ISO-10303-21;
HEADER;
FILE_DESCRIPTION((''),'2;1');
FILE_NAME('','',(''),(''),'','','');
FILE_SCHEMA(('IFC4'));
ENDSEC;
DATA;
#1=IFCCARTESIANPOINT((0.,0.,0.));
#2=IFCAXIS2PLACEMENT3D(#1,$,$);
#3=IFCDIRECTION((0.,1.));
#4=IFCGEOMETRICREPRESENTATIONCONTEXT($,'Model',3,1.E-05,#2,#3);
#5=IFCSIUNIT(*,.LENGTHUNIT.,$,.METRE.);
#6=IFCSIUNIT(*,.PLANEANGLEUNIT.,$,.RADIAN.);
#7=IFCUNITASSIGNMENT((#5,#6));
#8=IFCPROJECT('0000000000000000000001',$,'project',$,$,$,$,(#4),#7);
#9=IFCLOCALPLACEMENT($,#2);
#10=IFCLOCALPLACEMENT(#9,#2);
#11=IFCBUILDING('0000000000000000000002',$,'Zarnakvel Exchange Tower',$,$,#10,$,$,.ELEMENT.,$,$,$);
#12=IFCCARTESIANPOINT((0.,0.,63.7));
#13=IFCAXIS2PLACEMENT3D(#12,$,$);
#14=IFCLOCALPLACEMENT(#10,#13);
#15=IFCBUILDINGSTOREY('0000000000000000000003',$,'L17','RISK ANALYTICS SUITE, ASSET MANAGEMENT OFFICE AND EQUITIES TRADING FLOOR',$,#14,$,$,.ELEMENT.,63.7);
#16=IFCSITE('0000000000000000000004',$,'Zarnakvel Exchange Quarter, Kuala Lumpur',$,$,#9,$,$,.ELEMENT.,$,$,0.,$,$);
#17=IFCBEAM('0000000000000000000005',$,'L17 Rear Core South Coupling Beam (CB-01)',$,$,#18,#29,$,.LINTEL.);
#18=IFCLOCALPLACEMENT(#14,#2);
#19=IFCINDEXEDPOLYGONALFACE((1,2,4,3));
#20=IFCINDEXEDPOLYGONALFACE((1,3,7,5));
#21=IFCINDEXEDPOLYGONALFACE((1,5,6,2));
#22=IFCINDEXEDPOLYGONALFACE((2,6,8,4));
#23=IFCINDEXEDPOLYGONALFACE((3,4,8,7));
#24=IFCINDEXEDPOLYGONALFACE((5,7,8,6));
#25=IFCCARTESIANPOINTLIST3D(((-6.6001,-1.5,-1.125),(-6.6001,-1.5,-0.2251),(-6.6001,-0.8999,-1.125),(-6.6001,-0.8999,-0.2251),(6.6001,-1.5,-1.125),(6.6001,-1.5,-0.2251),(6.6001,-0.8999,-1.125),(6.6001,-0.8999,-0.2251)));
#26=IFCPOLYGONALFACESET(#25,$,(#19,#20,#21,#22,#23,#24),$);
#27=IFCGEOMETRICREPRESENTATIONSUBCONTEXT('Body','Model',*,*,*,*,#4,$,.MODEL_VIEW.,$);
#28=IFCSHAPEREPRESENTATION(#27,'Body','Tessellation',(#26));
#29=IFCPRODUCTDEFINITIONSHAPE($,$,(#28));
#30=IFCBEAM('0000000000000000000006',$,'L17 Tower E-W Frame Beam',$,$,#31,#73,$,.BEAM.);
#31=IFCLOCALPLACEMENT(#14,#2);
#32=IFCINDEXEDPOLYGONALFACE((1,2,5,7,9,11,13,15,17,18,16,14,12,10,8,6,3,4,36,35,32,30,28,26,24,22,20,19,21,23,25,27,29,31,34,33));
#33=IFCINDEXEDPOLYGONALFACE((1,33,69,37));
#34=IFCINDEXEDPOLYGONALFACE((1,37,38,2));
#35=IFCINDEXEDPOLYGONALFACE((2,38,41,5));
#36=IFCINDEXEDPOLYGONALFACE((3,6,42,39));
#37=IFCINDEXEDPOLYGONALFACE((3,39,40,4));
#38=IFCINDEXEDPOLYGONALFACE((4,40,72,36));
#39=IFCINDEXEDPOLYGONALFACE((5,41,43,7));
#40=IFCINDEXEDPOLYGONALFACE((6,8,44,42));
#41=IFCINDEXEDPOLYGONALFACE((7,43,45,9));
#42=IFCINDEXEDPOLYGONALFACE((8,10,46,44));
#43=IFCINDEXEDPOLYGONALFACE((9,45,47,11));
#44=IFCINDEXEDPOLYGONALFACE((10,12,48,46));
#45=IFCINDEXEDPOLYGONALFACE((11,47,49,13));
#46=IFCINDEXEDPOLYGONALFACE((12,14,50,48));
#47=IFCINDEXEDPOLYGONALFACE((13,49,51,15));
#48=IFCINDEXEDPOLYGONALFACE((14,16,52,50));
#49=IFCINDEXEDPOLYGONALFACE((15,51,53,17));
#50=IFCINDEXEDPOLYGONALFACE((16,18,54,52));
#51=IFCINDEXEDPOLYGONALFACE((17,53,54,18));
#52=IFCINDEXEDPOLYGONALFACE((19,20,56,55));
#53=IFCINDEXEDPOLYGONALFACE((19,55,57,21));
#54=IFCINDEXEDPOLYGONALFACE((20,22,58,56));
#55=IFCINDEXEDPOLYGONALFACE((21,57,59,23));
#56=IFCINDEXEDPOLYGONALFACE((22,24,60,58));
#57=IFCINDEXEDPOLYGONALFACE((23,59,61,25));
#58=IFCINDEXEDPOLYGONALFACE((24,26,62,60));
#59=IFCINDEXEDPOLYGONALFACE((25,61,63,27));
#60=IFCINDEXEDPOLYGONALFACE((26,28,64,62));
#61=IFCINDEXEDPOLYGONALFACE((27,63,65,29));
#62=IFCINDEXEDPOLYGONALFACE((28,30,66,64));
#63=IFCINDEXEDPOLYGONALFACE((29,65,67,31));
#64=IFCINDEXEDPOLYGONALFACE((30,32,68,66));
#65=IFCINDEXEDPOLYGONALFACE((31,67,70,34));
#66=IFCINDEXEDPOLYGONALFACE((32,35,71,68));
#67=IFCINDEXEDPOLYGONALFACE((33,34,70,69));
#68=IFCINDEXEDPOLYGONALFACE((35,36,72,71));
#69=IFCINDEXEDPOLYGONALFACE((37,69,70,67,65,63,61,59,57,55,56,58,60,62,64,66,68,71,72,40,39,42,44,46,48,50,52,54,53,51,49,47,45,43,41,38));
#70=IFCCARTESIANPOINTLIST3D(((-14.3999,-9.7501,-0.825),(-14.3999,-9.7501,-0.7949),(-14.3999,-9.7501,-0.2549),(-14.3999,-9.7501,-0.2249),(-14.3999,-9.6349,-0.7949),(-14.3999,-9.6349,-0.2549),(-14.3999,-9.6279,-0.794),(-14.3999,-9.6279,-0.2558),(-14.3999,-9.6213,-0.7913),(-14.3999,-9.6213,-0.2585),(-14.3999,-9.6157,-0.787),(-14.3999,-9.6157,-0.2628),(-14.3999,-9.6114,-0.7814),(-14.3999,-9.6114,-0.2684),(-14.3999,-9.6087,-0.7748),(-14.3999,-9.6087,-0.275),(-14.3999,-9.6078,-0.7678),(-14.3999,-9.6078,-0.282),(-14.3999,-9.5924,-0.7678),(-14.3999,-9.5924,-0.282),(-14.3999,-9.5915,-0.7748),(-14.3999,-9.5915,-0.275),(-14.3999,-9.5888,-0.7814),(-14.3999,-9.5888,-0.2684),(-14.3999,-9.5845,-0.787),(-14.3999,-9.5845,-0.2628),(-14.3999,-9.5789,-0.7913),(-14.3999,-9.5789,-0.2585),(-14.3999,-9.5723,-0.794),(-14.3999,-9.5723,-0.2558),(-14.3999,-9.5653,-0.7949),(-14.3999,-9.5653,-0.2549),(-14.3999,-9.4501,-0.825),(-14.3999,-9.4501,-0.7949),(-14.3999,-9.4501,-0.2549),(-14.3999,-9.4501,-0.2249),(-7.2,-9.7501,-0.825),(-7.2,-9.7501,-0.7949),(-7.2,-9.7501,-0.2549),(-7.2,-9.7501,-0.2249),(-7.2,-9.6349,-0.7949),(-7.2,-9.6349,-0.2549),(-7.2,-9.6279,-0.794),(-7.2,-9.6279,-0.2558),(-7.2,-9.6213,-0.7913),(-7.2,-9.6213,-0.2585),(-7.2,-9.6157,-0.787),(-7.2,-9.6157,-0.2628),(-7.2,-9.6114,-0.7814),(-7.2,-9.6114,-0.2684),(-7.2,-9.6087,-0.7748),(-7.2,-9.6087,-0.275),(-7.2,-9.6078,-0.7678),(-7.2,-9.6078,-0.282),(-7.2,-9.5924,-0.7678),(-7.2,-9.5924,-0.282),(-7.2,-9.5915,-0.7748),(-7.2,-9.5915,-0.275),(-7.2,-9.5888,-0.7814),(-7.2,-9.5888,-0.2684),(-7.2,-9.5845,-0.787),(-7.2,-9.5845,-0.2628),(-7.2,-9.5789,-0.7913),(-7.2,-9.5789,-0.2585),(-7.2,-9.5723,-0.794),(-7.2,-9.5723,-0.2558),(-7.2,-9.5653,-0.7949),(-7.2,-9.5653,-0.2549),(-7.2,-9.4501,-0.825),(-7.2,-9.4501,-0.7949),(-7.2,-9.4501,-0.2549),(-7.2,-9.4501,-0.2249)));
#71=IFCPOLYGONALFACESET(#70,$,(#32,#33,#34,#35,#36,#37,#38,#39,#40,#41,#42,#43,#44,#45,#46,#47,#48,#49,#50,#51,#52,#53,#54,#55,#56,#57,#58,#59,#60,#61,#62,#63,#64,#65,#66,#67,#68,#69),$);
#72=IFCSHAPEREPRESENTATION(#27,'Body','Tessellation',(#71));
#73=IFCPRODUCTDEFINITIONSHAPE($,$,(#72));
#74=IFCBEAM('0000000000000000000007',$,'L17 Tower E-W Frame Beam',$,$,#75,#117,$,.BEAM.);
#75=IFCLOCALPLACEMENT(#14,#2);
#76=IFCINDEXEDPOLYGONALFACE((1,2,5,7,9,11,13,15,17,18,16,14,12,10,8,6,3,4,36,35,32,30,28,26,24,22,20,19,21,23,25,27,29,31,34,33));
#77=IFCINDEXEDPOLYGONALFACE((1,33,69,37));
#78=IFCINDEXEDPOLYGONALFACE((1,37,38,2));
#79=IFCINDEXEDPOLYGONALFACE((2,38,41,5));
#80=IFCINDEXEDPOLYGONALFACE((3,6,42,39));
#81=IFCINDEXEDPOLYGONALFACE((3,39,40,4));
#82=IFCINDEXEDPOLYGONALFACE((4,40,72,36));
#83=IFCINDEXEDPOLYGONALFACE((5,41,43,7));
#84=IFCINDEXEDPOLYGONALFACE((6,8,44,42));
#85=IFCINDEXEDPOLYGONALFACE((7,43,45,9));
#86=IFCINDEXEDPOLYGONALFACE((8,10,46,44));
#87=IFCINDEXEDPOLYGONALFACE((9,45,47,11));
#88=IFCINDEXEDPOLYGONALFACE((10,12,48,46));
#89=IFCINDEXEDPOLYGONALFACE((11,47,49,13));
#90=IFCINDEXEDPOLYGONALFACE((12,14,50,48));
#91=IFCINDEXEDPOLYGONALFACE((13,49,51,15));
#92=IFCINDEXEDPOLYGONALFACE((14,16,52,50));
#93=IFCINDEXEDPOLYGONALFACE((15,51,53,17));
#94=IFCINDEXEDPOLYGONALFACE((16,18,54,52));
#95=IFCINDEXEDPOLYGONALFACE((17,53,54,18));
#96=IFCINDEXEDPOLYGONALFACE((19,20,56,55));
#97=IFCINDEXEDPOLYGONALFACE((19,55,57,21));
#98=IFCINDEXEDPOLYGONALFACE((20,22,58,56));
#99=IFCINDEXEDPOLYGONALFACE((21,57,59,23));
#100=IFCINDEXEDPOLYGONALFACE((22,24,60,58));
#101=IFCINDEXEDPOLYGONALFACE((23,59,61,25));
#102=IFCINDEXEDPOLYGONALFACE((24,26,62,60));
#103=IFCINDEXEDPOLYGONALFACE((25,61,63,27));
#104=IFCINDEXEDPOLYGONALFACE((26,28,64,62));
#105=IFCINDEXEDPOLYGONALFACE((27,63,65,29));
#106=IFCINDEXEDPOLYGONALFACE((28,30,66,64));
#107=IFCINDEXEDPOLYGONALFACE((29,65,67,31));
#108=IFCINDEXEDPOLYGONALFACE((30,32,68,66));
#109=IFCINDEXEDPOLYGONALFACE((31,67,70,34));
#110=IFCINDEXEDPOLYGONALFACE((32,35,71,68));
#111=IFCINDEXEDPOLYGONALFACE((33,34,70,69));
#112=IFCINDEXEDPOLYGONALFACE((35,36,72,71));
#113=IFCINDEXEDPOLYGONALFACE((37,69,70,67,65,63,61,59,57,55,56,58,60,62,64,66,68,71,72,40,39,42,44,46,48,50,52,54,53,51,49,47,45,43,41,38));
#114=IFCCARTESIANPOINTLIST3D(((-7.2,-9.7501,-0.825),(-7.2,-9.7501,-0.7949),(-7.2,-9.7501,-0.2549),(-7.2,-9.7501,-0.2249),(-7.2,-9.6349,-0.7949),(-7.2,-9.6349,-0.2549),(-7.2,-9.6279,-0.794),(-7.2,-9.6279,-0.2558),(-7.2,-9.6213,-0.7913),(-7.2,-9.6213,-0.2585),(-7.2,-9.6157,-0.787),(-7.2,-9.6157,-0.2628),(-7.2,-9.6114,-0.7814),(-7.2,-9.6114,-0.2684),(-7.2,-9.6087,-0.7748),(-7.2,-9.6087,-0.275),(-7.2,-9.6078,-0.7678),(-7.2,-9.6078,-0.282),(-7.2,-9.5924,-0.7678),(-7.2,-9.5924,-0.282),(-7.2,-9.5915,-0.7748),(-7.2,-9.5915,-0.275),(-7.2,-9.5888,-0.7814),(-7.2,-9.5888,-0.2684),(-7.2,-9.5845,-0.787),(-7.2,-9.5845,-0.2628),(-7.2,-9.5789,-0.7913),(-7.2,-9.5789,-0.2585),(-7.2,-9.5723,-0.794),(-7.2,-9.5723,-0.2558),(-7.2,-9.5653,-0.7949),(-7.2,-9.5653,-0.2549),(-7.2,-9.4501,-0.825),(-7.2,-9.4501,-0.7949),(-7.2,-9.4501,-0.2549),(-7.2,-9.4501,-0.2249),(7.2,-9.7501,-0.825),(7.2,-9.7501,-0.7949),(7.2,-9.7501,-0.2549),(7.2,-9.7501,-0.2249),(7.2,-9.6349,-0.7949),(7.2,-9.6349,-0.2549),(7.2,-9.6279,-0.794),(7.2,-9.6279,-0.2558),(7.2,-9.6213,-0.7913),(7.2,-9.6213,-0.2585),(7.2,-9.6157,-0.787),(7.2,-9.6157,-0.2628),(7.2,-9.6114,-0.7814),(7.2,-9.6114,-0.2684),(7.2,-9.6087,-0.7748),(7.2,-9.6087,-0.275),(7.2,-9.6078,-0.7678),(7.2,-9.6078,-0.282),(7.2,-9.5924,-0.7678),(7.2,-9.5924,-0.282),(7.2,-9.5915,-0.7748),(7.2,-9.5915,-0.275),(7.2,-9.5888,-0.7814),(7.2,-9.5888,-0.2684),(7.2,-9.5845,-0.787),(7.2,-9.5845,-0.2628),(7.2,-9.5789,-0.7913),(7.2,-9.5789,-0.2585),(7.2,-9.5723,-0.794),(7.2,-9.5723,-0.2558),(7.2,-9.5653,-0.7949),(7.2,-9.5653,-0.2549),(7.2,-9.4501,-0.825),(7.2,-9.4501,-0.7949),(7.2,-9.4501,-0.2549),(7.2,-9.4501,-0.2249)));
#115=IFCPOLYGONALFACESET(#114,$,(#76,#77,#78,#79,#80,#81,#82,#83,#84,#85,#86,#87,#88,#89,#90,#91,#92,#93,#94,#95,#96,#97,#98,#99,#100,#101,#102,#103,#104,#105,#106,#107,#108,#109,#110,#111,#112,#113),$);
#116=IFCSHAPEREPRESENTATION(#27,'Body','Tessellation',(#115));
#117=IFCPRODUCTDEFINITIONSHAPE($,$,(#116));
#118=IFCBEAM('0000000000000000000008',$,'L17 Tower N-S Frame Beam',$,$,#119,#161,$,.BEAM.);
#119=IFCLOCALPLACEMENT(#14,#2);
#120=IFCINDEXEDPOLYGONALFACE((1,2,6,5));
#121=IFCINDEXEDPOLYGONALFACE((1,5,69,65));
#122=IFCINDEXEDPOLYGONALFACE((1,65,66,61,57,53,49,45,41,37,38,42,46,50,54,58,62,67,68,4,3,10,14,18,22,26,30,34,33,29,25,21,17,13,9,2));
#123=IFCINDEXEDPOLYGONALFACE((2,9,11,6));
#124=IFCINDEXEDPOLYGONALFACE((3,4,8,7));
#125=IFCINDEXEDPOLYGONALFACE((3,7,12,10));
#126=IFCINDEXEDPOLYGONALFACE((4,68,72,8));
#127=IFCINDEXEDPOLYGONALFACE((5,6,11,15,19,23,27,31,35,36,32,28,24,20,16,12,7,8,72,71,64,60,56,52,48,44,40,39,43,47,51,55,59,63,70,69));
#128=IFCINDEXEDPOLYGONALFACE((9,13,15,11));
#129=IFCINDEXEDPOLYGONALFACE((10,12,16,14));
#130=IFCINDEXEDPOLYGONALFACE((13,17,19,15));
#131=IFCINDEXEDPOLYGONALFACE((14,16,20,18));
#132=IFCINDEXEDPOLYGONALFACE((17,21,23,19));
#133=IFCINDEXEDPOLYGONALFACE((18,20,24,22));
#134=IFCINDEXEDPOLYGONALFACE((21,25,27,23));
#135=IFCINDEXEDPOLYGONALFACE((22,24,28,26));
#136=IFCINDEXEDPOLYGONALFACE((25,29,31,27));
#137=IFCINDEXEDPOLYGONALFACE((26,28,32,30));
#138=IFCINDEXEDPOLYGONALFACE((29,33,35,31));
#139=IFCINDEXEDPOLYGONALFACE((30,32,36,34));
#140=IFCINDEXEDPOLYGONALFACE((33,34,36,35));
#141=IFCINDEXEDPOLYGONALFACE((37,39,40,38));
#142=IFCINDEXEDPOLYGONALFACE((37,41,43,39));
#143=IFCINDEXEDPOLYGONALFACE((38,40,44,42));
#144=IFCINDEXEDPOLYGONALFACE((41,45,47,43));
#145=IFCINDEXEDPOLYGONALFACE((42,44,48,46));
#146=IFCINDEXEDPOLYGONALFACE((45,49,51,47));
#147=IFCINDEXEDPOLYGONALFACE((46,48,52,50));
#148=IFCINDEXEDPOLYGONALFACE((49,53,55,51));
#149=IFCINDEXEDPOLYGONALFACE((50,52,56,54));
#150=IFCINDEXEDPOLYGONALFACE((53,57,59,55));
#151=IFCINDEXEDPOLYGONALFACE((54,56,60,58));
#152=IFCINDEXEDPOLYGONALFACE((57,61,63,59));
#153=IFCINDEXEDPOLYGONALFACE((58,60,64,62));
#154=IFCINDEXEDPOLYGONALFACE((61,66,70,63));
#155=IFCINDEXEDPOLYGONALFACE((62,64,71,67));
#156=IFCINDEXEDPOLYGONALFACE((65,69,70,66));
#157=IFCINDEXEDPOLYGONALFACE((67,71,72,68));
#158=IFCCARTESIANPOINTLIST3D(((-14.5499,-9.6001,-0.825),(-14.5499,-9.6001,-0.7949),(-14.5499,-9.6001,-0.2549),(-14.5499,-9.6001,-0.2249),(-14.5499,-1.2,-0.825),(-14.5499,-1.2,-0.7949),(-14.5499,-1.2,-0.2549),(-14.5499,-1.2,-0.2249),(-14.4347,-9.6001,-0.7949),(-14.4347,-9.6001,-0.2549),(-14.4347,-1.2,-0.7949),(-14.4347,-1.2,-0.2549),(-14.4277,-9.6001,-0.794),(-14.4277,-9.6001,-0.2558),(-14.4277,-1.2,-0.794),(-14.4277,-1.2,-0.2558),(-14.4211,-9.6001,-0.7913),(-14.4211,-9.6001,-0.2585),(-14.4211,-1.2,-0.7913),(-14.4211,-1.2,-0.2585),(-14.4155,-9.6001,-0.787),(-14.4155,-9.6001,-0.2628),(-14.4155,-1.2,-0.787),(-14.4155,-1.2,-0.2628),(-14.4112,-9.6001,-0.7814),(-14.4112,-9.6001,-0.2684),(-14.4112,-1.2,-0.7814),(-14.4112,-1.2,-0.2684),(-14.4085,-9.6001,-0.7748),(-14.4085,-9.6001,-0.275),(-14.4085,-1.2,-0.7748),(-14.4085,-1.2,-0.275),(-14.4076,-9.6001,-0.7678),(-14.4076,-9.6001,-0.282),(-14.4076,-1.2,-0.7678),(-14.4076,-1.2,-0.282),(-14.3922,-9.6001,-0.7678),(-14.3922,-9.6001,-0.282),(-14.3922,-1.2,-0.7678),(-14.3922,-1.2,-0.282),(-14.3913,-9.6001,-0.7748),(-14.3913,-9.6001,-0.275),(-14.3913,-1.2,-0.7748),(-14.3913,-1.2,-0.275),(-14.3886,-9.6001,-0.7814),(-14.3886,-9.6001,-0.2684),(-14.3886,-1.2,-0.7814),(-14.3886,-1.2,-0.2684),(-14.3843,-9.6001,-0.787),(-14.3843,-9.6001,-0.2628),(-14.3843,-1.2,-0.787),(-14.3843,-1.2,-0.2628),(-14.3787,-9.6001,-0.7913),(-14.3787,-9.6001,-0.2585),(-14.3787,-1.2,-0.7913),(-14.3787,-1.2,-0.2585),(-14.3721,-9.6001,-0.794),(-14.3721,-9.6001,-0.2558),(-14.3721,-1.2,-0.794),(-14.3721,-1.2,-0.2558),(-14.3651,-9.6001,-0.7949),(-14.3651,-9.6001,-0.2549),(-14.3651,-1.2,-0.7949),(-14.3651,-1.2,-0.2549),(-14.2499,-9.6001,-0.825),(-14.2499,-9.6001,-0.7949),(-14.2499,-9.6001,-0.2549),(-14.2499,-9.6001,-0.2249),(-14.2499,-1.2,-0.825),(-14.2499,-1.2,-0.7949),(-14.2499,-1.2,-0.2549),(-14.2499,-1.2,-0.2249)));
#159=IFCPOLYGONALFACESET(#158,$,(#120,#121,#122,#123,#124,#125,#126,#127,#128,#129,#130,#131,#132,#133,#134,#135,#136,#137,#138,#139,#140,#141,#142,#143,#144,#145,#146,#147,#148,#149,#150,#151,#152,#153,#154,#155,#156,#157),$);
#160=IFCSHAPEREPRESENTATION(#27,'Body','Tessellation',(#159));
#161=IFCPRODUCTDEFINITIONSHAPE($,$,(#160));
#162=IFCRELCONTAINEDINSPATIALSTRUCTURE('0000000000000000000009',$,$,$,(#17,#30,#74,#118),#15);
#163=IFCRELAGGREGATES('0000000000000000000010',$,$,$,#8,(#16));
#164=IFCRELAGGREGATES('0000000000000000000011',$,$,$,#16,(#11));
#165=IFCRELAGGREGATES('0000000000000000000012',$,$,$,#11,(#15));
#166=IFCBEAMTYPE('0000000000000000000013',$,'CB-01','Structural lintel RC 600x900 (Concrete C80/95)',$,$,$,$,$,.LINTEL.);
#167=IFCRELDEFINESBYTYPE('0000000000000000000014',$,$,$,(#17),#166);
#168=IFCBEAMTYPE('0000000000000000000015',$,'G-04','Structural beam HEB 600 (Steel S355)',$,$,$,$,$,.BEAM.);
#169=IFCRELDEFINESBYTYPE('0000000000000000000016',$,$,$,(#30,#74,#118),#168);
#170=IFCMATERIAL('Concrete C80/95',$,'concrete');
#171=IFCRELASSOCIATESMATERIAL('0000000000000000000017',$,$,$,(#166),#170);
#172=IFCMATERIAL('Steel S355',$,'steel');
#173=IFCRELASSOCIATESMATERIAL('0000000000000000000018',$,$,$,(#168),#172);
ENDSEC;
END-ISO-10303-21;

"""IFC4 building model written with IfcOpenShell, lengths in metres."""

from ifc_helpers import new_model, si_unit, direction, frame, origin, origin_2d, place, context, subcontext, project, spatial, rectangle, i_section, extrude, material, material_profile, profile_set, type_object, element, save


model = new_model("IFC4")

# Units and contexts
model_context = context("Model", 3, precision=1e-05, world=origin(), true_north=direction((0.0, 1.0)))
body_context = subcontext(model_context, "Body", "Model", "MODEL_VIEW")
ifc_project = project(units=[si_unit("LENGTHUNIT", "METRE"), si_unit("PLANEANGLEUNIT", "RADIAN")], contexts=[model_context])

# Site, building, storey
site_placement = place(None, origin())
site = spatial("IfcSite", under=ifc_project, at=site_placement, Name="Zarnakvel Exchange Quarter, Kuala Lumpur", CompositionType="ELEMENT", RefElevation=0.0)
building_placement = place(site_placement, origin())
building = spatial("IfcBuilding", under=site, at=building_placement, Name="Zarnakvel Exchange Tower", CompositionType="ELEMENT")
storey_placement = place(building_placement, frame((0.0, 0.0, 63.7)))
storey = spatial("IfcBuildingStorey", under=building, at=storey_placement, Name="L17", Description="RISK ANALYTICS SUITE, ASSET MANAGEMENT OFFICE AND EQUITIES TRADING FLOOR", CompositionType="ELEMENT", Elevation=63.7)

# Shared definitions
ifc_material_1 = material(Name="Concrete C80/95", Category="concrete")

# Beams
ifc_material_2 = material(Name="Steel S355", Category="steel")
ifc_material_profile_1 = material_profile(ifc_material_1, rectangle(XDim=0.6001, YDim=0.8999, at=origin_2d()))
ifc_profile_set_1 = profile_set([ifc_material_profile_1], Name="Concrete C80/95")
beam_type_1 = type_object("IfcBeamType", Name="CB-01", Description="Structural lintel RC 600x900 (Concrete C80/95)", PredefinedType="LINTEL", material=ifc_profile_set_1)
beam_1_placement = place(storey_placement, frame((-6.6001, -1.2, -0.675), z_axis=(1.0, 0.0, 0.0), x_axis=(0.0, 1.0, 0.0)))
element("IfcBeam", 1, at=beam_1_placement, inside=storey, type_object=beam_type_1, Name="L17 Rear Core South Coupling Beam (CB-01)", PredefinedType="LINTEL", context=body_context, shape_type="SweptSolid", body=[
    extrude(rectangle(XDim=0.6001, YDim=0.8999, at=origin_2d()), origin(), (0.0, 0.0, 1.0), 13.2002),
])
ifc_material_profile_2 = material_profile(ifc_material_2, i_section(OverallWidth=0.3, OverallDepth=0.6001, WebThickness=0.0154, FlangeThickness=0.03, FilletRadius=0.0271, at=origin_2d()))
ifc_profile_set_2 = profile_set([ifc_material_profile_2], Name="Steel S355")
beam_type_2 = type_object("IfcBeamType", Name="G-04", Description="Structural beam HEB 600 (Steel S355)", PredefinedType="BEAM", material=ifc_profile_set_2)
beam_2_placement = place(storey_placement, frame((-14.3999, -9.6001, -0.5249), z_axis=(1.0, 0.0, 0.0), x_axis=(0.0, 1.0, 0.0)))
element("IfcBeam", 2, at=beam_2_placement, inside=storey, type_object=beam_type_2, Name="L17 Tower E-W Frame Beam", PredefinedType="BEAM", context=body_context, shape_type="SweptSolid", body=[
    extrude(i_section(OverallWidth=0.3, OverallDepth=0.6001, WebThickness=0.0154, FlangeThickness=0.03, FilletRadius=0.0271, at=origin_2d()), origin(), (0.0, 0.0, 1.0), 7.2),
])
beam_3_placement = place(storey_placement, frame((-7.2, -9.6001, -0.5249), z_axis=(1.0, 0.0, 0.0), x_axis=(0.0, 1.0, 0.0)))
element("IfcBeam", 3, at=beam_3_placement, inside=storey, type_object=beam_type_2, Name="L17 Tower E-W Frame Beam", PredefinedType="BEAM", context=body_context, shape_type="SweptSolid", body=[
    extrude(i_section(OverallWidth=0.3, OverallDepth=0.6001, WebThickness=0.0154, FlangeThickness=0.03, FilletRadius=0.0271, at=origin_2d()), origin(), (0.0, 0.0, 1.0), 14.3999),
])
for number, where, z_axis, x_axis, name in (
    (4, (-14.3999, -9.6001, -0.5249), (0.0, 1.0, 0.0), (-1.0, 0.0, 0.0), "L17 Tower N-S Frame Beam"),
):
    element("IfcBeam", number, at=place(storey_placement, frame(where, z_axis=z_axis, x_axis=x_axis)), inside=storey, type_object=beam_type_2, Name=name, PredefinedType="BEAM", context=body_context, shape_type="SweptSolid", body=[
        extrude(i_section(OverallWidth=0.3, OverallDepth=0.6001, WebThickness=0.0154, FlangeThickness=0.03, FilletRadius=0.0271, at=origin_2d()), origin(), (0.0, 0.0, 1.0), 8.4001),
    ])

save(model, "model.ifc")
